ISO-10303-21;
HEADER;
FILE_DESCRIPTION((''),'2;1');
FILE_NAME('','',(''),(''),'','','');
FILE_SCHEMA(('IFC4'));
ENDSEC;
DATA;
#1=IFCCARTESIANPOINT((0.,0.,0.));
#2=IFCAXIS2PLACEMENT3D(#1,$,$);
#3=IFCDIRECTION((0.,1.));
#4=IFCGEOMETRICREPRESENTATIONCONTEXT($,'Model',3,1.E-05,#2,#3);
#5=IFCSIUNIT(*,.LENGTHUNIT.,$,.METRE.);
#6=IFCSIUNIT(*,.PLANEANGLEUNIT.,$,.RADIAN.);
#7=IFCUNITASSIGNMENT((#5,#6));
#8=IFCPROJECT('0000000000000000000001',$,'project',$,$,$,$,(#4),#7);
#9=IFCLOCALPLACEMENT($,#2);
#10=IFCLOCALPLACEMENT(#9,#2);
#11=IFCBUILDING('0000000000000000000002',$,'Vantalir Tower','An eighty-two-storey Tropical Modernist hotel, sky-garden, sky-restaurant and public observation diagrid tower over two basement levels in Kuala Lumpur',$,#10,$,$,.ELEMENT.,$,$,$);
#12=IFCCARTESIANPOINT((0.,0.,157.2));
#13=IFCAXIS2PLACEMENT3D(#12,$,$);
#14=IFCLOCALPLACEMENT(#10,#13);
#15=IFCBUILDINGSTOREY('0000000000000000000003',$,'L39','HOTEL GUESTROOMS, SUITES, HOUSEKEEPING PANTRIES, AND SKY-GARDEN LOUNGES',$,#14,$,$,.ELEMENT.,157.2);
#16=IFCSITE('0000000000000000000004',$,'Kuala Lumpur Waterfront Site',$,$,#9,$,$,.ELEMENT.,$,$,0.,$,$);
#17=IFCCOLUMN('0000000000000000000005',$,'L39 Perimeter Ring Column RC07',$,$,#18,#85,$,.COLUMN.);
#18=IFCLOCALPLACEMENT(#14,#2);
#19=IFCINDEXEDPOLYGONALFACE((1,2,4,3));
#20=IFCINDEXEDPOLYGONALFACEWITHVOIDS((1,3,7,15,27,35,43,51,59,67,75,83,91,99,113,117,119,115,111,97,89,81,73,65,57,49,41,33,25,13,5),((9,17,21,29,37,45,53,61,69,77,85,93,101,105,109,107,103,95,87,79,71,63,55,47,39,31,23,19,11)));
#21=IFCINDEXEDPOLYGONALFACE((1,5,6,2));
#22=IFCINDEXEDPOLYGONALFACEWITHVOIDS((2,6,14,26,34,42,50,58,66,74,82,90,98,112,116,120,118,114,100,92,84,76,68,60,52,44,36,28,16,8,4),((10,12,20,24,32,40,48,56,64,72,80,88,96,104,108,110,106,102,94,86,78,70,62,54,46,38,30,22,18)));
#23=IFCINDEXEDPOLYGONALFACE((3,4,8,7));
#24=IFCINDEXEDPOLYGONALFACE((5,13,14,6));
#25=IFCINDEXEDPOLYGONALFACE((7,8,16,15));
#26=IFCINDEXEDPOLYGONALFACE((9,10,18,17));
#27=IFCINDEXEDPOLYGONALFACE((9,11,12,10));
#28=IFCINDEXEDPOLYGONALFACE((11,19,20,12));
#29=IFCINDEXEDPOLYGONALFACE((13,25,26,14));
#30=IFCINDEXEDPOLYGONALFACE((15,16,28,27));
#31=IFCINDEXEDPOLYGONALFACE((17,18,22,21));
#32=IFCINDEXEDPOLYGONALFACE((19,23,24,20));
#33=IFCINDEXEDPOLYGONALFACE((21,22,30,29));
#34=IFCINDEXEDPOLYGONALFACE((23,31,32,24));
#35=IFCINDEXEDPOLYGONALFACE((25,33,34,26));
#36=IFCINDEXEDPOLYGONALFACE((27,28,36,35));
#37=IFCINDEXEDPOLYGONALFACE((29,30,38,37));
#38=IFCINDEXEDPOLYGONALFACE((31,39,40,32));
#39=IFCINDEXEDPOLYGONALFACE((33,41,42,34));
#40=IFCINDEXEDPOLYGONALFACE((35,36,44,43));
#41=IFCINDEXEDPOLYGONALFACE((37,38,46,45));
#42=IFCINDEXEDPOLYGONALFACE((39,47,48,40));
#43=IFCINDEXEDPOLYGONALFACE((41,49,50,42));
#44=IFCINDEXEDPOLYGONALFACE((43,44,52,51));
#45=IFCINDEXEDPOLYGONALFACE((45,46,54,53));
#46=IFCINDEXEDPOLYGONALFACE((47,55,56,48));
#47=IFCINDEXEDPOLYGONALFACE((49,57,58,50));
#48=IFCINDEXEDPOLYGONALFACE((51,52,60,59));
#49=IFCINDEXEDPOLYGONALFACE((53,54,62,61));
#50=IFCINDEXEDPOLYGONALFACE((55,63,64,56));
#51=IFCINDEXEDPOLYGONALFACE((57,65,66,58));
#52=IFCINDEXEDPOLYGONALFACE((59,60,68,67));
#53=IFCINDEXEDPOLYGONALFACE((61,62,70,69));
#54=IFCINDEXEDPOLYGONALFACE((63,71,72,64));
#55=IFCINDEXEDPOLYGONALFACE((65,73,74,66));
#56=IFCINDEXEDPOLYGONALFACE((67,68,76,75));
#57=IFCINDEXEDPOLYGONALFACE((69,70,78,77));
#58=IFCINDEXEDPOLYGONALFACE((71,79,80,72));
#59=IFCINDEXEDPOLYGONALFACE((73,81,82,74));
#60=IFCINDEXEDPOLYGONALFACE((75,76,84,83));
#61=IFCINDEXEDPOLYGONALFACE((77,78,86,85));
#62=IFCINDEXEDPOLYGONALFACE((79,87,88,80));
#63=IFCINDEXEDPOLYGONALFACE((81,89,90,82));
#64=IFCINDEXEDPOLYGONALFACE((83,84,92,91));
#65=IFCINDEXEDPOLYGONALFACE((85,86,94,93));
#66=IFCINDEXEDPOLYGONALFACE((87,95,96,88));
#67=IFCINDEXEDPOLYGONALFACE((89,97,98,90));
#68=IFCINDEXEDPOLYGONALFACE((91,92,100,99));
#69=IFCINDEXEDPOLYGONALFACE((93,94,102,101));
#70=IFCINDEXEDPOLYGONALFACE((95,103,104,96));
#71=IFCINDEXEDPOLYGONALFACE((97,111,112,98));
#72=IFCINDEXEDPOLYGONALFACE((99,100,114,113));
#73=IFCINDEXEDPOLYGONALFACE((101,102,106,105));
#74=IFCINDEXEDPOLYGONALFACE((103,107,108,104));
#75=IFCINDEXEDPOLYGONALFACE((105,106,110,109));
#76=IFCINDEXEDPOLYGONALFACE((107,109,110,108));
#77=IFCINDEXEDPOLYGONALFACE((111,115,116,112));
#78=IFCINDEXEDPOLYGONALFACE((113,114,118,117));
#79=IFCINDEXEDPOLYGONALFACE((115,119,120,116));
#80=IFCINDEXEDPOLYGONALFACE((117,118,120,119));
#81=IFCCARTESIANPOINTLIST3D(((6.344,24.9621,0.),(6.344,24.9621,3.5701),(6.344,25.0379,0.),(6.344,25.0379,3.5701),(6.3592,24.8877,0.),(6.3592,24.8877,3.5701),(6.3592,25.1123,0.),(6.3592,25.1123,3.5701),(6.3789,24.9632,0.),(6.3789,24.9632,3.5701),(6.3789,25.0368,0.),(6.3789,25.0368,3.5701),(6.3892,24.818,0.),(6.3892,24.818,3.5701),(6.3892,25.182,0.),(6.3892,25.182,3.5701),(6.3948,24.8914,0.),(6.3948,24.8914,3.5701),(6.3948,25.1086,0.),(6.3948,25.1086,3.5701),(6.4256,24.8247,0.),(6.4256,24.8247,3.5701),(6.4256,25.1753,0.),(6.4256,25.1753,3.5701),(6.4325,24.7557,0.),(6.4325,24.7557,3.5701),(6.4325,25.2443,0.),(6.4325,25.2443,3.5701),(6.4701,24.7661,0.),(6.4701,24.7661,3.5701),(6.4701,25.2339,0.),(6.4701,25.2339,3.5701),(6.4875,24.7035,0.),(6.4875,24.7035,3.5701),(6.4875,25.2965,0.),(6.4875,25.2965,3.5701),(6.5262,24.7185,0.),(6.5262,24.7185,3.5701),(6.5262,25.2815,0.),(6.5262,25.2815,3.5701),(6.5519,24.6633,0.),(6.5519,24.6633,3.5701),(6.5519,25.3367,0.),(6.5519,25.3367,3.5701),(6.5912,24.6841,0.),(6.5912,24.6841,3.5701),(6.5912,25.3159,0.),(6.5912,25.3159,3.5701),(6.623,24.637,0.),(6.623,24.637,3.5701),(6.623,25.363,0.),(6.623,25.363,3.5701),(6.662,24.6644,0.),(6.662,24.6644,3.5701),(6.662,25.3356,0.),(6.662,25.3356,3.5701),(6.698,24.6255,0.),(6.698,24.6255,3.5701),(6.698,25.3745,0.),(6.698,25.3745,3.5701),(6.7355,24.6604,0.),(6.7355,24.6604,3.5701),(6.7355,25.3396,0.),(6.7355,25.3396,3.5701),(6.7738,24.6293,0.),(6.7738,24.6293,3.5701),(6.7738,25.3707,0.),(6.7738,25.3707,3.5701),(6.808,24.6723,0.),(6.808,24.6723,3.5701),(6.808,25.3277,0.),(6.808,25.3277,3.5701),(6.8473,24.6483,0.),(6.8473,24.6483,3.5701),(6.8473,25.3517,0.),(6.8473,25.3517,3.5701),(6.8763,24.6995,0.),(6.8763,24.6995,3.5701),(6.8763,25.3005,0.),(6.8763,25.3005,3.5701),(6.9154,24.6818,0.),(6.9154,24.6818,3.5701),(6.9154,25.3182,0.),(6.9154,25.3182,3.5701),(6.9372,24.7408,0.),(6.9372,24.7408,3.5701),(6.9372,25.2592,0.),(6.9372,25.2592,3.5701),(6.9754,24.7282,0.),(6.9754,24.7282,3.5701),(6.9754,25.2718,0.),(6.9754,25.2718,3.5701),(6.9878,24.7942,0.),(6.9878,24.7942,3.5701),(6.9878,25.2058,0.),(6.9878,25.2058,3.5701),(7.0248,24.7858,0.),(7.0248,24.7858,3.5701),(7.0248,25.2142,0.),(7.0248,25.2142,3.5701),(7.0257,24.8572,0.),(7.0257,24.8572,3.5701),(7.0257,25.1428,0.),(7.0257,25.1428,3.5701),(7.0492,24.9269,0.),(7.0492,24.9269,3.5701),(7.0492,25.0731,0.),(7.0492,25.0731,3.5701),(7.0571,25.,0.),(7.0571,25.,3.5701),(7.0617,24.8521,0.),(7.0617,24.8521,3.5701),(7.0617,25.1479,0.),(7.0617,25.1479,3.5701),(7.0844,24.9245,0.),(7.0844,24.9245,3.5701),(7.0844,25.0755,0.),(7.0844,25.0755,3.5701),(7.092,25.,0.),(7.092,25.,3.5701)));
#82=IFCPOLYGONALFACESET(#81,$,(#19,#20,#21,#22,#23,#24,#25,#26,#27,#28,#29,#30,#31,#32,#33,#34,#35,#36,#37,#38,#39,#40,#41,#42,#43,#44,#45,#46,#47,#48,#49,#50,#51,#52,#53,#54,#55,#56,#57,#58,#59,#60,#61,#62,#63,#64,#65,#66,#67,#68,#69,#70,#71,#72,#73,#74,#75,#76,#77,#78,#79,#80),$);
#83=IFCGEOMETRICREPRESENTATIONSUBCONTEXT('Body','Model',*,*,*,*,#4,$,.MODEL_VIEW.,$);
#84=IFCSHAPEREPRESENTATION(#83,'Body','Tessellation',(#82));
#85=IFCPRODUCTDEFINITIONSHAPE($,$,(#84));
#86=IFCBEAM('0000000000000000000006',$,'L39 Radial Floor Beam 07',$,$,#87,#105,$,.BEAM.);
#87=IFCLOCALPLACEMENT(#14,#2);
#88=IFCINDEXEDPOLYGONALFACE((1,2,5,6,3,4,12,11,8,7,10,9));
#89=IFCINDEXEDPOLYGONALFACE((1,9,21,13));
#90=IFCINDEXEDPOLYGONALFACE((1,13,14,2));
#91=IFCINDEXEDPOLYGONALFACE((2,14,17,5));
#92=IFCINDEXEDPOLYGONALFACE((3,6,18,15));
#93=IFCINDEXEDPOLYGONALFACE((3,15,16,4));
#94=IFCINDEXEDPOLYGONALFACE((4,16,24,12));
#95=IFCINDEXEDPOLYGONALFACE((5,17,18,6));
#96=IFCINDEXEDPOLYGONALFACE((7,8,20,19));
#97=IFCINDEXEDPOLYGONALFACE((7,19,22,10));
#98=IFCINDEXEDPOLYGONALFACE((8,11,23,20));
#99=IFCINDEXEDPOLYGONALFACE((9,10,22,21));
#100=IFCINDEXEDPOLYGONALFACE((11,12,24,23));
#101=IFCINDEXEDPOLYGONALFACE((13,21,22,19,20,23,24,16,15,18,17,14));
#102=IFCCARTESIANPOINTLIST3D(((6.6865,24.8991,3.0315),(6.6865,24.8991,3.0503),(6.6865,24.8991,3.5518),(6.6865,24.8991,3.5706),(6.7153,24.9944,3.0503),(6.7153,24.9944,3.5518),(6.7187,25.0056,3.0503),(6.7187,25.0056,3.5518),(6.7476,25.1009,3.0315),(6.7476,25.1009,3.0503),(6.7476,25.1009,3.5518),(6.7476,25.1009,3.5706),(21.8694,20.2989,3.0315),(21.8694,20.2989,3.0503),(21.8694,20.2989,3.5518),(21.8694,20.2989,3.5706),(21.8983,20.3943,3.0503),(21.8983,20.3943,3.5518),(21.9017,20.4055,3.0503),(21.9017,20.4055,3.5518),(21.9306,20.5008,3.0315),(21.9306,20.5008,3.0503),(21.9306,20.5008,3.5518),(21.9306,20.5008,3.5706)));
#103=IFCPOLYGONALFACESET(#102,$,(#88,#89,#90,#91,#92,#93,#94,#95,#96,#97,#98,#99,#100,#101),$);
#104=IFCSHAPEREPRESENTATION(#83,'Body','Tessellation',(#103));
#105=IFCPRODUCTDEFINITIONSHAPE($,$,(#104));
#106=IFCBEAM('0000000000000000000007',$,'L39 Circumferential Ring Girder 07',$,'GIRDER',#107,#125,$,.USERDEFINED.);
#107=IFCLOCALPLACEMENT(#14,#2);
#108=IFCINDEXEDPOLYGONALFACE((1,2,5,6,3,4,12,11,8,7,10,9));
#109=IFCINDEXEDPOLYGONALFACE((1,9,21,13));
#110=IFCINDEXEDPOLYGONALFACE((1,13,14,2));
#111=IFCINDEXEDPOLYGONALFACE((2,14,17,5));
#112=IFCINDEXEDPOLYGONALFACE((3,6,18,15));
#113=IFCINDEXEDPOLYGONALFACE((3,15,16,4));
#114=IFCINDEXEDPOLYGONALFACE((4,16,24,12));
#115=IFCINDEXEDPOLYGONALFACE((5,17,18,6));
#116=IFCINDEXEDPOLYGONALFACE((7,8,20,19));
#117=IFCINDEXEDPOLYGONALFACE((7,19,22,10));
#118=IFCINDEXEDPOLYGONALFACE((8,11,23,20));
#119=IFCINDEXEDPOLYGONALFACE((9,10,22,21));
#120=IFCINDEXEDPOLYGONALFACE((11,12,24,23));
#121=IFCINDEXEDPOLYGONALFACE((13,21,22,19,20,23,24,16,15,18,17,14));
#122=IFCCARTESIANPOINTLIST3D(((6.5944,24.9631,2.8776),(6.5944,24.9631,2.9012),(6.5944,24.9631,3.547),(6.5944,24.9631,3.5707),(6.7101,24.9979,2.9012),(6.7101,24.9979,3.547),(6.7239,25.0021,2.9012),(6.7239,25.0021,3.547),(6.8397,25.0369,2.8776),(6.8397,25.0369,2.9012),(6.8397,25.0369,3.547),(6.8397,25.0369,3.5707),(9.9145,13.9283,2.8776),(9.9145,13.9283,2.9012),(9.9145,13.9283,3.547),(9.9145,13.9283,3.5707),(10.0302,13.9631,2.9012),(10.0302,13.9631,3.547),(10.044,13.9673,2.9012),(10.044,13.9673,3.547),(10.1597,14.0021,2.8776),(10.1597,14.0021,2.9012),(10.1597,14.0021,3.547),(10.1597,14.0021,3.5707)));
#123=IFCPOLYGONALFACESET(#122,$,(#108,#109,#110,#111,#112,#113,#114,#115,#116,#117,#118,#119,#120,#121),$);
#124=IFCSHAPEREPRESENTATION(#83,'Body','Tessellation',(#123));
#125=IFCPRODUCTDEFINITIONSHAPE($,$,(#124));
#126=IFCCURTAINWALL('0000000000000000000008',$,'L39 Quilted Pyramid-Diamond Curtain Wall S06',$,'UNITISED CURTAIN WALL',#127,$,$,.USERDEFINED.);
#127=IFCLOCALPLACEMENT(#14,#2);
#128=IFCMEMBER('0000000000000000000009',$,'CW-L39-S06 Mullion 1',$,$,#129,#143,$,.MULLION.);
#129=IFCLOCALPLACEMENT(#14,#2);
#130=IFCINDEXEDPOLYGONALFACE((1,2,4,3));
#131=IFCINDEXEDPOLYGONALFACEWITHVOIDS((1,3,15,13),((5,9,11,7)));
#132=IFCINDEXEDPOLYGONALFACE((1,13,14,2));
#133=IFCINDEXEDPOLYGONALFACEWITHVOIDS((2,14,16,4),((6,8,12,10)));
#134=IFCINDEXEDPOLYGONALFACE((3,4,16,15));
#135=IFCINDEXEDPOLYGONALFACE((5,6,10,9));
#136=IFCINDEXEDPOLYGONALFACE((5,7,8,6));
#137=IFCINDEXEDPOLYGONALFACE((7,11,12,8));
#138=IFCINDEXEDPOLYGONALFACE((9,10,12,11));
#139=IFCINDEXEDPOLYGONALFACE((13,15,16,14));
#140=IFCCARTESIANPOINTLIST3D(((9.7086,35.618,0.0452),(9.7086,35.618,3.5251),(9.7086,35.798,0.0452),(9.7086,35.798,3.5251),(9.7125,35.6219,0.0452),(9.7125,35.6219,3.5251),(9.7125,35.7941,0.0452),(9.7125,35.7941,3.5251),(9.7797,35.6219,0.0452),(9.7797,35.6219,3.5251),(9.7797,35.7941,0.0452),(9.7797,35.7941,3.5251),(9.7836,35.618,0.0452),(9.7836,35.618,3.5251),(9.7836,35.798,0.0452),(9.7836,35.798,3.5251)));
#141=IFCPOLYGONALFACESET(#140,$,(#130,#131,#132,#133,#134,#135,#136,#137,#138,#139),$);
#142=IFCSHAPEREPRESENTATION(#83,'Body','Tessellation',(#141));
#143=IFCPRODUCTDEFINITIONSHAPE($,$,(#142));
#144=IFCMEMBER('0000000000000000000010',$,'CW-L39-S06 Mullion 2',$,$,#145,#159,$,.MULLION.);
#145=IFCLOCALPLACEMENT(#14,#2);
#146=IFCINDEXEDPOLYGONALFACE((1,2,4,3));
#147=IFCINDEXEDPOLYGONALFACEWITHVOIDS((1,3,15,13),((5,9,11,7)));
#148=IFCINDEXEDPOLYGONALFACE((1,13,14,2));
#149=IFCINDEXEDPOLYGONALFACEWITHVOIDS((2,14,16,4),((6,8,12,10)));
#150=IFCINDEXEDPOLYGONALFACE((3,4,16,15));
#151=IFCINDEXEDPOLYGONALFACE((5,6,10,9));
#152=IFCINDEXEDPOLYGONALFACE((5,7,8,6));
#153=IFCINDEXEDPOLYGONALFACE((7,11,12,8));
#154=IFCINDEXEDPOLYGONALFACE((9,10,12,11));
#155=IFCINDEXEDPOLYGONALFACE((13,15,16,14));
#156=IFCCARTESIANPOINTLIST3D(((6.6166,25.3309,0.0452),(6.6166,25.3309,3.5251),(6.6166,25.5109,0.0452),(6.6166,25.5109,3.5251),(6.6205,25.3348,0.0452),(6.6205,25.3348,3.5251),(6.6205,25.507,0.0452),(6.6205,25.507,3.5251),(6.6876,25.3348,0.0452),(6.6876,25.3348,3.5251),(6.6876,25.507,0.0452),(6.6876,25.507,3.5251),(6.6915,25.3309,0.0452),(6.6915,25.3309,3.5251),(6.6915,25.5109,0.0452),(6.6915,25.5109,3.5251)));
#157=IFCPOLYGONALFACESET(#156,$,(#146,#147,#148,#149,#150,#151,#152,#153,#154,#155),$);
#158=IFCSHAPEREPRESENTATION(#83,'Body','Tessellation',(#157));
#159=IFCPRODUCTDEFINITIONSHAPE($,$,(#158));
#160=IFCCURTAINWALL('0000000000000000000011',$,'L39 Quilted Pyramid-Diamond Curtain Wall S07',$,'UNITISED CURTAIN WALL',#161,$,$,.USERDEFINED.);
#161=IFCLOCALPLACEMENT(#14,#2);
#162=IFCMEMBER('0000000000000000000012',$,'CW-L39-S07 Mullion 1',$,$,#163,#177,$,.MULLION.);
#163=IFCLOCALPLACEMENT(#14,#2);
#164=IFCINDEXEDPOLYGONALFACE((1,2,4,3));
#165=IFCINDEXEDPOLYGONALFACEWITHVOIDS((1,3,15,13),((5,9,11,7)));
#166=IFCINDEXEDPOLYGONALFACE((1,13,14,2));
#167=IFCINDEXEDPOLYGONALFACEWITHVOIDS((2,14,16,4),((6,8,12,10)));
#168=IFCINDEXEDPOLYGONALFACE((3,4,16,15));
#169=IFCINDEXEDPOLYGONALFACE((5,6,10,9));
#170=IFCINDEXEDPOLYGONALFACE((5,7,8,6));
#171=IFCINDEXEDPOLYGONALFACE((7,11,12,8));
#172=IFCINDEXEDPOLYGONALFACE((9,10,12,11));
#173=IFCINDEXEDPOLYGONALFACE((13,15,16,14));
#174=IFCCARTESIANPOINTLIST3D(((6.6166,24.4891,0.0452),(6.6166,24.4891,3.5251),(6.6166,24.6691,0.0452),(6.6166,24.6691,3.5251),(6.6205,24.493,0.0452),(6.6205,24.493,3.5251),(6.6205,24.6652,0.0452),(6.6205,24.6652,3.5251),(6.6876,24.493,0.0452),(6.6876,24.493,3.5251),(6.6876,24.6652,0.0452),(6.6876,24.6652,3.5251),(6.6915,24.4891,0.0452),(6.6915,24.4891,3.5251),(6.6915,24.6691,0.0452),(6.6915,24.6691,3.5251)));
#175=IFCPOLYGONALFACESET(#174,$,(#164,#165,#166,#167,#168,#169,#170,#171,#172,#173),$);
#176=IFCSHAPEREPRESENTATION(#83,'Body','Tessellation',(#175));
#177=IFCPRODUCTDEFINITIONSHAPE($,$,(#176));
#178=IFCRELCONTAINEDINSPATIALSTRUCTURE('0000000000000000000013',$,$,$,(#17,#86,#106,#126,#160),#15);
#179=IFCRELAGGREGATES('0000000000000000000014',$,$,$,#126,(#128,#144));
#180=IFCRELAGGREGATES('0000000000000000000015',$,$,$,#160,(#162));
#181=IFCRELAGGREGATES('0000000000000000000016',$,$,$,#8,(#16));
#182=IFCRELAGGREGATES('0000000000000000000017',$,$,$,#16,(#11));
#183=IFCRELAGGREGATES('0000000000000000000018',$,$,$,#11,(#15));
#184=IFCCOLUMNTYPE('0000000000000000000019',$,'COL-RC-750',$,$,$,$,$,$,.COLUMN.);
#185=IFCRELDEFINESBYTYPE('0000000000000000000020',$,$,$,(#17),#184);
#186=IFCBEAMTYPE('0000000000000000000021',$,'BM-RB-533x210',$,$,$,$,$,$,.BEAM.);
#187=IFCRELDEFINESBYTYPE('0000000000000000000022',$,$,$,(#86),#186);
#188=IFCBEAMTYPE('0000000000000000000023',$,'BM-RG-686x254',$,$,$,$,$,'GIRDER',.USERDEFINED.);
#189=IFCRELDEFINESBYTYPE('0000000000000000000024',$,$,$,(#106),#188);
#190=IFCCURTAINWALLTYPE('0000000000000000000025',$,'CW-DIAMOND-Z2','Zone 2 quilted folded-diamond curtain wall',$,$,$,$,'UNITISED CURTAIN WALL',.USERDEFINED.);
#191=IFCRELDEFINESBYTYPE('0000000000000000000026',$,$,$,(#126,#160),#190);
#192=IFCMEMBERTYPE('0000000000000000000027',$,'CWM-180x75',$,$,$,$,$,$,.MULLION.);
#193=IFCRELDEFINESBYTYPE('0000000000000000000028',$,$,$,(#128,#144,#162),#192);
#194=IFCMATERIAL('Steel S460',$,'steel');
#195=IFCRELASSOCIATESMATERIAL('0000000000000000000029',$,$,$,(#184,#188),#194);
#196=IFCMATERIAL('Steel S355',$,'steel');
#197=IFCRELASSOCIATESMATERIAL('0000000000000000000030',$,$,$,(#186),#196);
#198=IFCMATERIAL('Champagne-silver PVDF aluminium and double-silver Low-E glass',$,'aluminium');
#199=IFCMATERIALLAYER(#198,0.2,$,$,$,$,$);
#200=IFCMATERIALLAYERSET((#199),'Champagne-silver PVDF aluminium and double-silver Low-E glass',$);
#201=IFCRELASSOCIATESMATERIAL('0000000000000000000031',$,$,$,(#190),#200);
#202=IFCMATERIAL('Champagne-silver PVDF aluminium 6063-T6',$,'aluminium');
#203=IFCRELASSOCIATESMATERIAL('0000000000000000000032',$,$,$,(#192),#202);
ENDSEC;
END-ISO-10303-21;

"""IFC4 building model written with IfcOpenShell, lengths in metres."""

from ifc_helpers import new_model, si_unit, direction, frame, origin, origin_2d, place, context, subcontext, project, spatial, hollow_rectangle, hollow_circle, i_section, extrude, material, layer, layer_set, material_profile, profile_set, type_object, element, aggregate, save


model = new_model("IFC4")

# Units and contexts
model_context = context("Model", 3, precision=1e-05, world=origin(), true_north=direction((0.0, 1.0)))
body_context = subcontext(model_context, "Body", "Model", "MODEL_VIEW")
ifc_project = project(units=[si_unit("LENGTHUNIT", "METRE"), si_unit("PLANEANGLEUNIT", "RADIAN")], contexts=[model_context])

# Site, building, storey
site_placement = place(None, origin())
site = spatial("IfcSite", under=ifc_project, at=site_placement, Name="Kuala Lumpur Waterfront Site", CompositionType="ELEMENT", RefElevation=0.0)
building_placement = place(site_placement, origin())
building = spatial("IfcBuilding", under=site, at=building_placement, Name="Vantalir Tower", Description="An eighty-two-storey Tropical Modernist hotel, sky-garden, sky-restaurant and public observation diagrid tower over two basement levels in Kuala Lumpur", CompositionType="ELEMENT")
storey_placement = place(building_placement, frame((0.0, 0.0, 157.2)))
storey = spatial("IfcBuildingStorey", under=building, at=storey_placement, Name="L39", Description="HOTEL GUESTROOMS, SUITES, HOUSEKEEPING PANTRIES, AND SKY-GARDEN LOUNGES", CompositionType="ELEMENT", Elevation=157.2)

# Column
ifc_material_1 = material(Name="Steel S460", Category="steel")
ifc_material_profile_1 = material_profile(ifc_material_1, hollow_circle(Radius=0.375, WallThickness=0.0349, at=origin_2d()), Name="Steel S460")
ifc_profile_set_1 = profile_set([ifc_material_profile_1], Name="Steel S460")
column_type = type_object("IfcColumnType", Name="COL-RC-750", PredefinedType="COLUMN", material=ifc_profile_set_1)
column_placement = place(storey_placement, frame((6.717, 25.0, 0.0), z_axis=(0.0, 0.0, 1.0), x_axis=(1.0, 0.0, 0.0)))
element("IfcColumn", 1, at=column_placement, inside=storey, type_object=column_type, Name="L39 Perimeter Ring Column RC07", PredefinedType="COLUMN", context=body_context, shape_type="SweptSolid", body=[
    extrude(hollow_circle(Radius=0.375, WallThickness=0.0349, at=origin_2d()), origin(), (0.0, 0.0, 1.0), 3.5701),
])

# Beams
ifc_material_2 = material(Name="Steel S355", Category="steel")
ifc_material_profile_2 = material_profile(ifc_material_2, i_section(OverallWidth=0.2109, OverallDepth=0.5391, WebThickness=0.0117, FlangeThickness=0.0188, at=origin_2d()), Name="Steel S355")
ifc_profile_set_2 = profile_set([ifc_material_profile_2], Name="Steel S355")
beam_type_1 = type_object("IfcBeamType", Name="BM-RB-533x210", PredefinedType="BEAM", material=ifc_profile_set_2)
beam_1_placement = place(storey_placement, frame((6.717, 25.0, 3.301), z_axis=(0.957038, -0.289963, 0.0), x_axis=(0.289963, 0.957038, 0.0)))
element("IfcBeam", 2, at=beam_1_placement, inside=storey, type_object=beam_type_1, Name="L39 Radial Floor Beam 07", PredefinedType="BEAM", context=body_context, shape_type="SweptSolid", body=[
    extrude(i_section(OverallWidth=0.2109, OverallDepth=0.5391, WebThickness=0.0117, FlangeThickness=0.0188, at=origin_2d()), origin(), (0.0, 0.0, 1.0), 15.8645),
])
ifc_material_profile_3 = material_profile(ifc_material_1, i_section(OverallWidth=0.2561, OverallDepth=0.6931, WebThickness=0.0144, FlangeThickness=0.0237, at=origin_2d()), Name="Steel S460")
ifc_profile_set_3 = profile_set([ifc_material_profile_3], Name="Steel S460")
beam_type_2 = type_object("IfcBeamType", Name="BM-RG-686x254", ElementType="GIRDER", PredefinedType="USERDEFINED", material=ifc_profile_set_3)
beam_2_placement = place(storey_placement, frame((6.717, 25.0, 3.2241), z_axis=(0.288112, -0.957597, 0.0), x_axis=(0.957597, 0.288112, 0.0)))
element("IfcBeam", 3, at=beam_2_placement, inside=storey, type_object=beam_type_2, Name="L39 Circumferential Ring Girder 07", ObjectType="GIRDER", PredefinedType="USERDEFINED", context=body_context, shape_type="SweptSolid", body=[
    extrude(i_section(OverallWidth=0.2561, OverallDepth=0.6931, WebThickness=0.0144, FlangeThickness=0.0237, at=origin_2d()), origin(), (0.0, 0.0, 1.0), 11.5234),
])

# Curtain walls, members
ifc_material_3 = material(Name="Champagne-silver PVDF aluminium and double-silver Low-E glass", Category="aluminium")
ifc_layer_1 = layer(ifc_material_3, 0.2)
ifc_layer_set_1 = layer_set([ifc_layer_1], Name="Champagne-silver PVDF aluminium and double-silver Low-E glass")
curtain_wall_type = type_object("IfcCurtainWallType", Name="CW-DIAMOND-Z2", Description="Zone 2 quilted folded-diamond curtain wall", ElementType="UNITISED CURTAIN WALL", PredefinedType="USERDEFINED", material=ifc_layer_set_1)
curtain_wall_1_placement = place(storey_placement, origin())
curtain_wall_1 = element("IfcCurtainWall", 4, at=curtain_wall_1_placement, inside=storey, type_object=curtain_wall_type, Name="L39 Quilted Pyramid-Diamond Curtain Wall S06", ObjectType="UNITISED CURTAIN WALL", PredefinedType="USERDEFINED")
ifc_material_4 = material(Name="Champagne-silver PVDF aluminium 6063-T6", Category="aluminium")
ifc_material_profile_4 = material_profile(ifc_material_4, hollow_rectangle(XDim=0.075, YDim=0.1799, WallThickness=0.0039, at=origin_2d()), Name="Champagne-silver PVDF aluminium 6063-T6")
ifc_profile_set_4 = profile_set([ifc_material_profile_4], Name="Champagne-silver PVDF aluminium 6063-T6")
member_type_1 = type_object("IfcMemberType", Name="CWM-180x75", PredefinedType="MULLION", material=ifc_profile_set_4)
member_1_placement = place(storey_placement, frame((9.7461, 35.708, 0.0452), z_axis=(0.0, 0.0, 1.0), x_axis=(1.0, 0.0, 0.0)))
member_1 = element("IfcMember", 5, at=member_1_placement, type_object=member_type_1, Name="CW-L39-S06 Mullion 1", PredefinedType="MULLION", context=body_context, shape_type="SweptSolid", body=[
    extrude(hollow_rectangle(XDim=0.075, YDim=0.1799, WallThickness=0.0039, at=origin_2d()), origin(), (0.0, 0.0, 1.0), 3.48),
])
member_2_placement = place(storey_placement, frame((6.6541, 25.4209, 0.0452), z_axis=(0.0, 0.0, 1.0), x_axis=(1.0, 0.0, 0.0)))
member_2 = element("IfcMember", 6, at=member_2_placement, type_object=member_type_1, Name="CW-L39-S06 Mullion 2", PredefinedType="MULLION", context=body_context, shape_type="SweptSolid", body=[
    extrude(hollow_rectangle(XDim=0.075, YDim=0.1799, WallThickness=0.0039, at=origin_2d()), origin(), (0.0, 0.0, 1.0), 3.48),
])
curtain_wall_2_placement = place(storey_placement, origin())
curtain_wall_2 = element("IfcCurtainWall", 7, at=curtain_wall_2_placement, inside=storey, type_object=curtain_wall_type, Name="L39 Quilted Pyramid-Diamond Curtain Wall S07", ObjectType="UNITISED CURTAIN WALL", PredefinedType="USERDEFINED")
member_3_placement = place(storey_placement, frame((6.6541, 24.5791, 0.0452), z_axis=(0.0, 0.0, 1.0), x_axis=(1.0, 0.0, 0.0)))
member_3 = element("IfcMember", 8, at=member_3_placement, type_object=member_type_1, Name="CW-L39-S07 Mullion 1", PredefinedType="MULLION", context=body_context, shape_type="SweptSolid", body=[
    extrude(hollow_rectangle(XDim=0.075, YDim=0.1799, WallThickness=0.0039, at=origin_2d()), origin(), (0.0, 0.0, 1.0), 3.48),
])

aggregate(curtain_wall_1, [member_1, member_2])
aggregate(curtain_wall_2, [member_3])

save(model, "model.ifc")
